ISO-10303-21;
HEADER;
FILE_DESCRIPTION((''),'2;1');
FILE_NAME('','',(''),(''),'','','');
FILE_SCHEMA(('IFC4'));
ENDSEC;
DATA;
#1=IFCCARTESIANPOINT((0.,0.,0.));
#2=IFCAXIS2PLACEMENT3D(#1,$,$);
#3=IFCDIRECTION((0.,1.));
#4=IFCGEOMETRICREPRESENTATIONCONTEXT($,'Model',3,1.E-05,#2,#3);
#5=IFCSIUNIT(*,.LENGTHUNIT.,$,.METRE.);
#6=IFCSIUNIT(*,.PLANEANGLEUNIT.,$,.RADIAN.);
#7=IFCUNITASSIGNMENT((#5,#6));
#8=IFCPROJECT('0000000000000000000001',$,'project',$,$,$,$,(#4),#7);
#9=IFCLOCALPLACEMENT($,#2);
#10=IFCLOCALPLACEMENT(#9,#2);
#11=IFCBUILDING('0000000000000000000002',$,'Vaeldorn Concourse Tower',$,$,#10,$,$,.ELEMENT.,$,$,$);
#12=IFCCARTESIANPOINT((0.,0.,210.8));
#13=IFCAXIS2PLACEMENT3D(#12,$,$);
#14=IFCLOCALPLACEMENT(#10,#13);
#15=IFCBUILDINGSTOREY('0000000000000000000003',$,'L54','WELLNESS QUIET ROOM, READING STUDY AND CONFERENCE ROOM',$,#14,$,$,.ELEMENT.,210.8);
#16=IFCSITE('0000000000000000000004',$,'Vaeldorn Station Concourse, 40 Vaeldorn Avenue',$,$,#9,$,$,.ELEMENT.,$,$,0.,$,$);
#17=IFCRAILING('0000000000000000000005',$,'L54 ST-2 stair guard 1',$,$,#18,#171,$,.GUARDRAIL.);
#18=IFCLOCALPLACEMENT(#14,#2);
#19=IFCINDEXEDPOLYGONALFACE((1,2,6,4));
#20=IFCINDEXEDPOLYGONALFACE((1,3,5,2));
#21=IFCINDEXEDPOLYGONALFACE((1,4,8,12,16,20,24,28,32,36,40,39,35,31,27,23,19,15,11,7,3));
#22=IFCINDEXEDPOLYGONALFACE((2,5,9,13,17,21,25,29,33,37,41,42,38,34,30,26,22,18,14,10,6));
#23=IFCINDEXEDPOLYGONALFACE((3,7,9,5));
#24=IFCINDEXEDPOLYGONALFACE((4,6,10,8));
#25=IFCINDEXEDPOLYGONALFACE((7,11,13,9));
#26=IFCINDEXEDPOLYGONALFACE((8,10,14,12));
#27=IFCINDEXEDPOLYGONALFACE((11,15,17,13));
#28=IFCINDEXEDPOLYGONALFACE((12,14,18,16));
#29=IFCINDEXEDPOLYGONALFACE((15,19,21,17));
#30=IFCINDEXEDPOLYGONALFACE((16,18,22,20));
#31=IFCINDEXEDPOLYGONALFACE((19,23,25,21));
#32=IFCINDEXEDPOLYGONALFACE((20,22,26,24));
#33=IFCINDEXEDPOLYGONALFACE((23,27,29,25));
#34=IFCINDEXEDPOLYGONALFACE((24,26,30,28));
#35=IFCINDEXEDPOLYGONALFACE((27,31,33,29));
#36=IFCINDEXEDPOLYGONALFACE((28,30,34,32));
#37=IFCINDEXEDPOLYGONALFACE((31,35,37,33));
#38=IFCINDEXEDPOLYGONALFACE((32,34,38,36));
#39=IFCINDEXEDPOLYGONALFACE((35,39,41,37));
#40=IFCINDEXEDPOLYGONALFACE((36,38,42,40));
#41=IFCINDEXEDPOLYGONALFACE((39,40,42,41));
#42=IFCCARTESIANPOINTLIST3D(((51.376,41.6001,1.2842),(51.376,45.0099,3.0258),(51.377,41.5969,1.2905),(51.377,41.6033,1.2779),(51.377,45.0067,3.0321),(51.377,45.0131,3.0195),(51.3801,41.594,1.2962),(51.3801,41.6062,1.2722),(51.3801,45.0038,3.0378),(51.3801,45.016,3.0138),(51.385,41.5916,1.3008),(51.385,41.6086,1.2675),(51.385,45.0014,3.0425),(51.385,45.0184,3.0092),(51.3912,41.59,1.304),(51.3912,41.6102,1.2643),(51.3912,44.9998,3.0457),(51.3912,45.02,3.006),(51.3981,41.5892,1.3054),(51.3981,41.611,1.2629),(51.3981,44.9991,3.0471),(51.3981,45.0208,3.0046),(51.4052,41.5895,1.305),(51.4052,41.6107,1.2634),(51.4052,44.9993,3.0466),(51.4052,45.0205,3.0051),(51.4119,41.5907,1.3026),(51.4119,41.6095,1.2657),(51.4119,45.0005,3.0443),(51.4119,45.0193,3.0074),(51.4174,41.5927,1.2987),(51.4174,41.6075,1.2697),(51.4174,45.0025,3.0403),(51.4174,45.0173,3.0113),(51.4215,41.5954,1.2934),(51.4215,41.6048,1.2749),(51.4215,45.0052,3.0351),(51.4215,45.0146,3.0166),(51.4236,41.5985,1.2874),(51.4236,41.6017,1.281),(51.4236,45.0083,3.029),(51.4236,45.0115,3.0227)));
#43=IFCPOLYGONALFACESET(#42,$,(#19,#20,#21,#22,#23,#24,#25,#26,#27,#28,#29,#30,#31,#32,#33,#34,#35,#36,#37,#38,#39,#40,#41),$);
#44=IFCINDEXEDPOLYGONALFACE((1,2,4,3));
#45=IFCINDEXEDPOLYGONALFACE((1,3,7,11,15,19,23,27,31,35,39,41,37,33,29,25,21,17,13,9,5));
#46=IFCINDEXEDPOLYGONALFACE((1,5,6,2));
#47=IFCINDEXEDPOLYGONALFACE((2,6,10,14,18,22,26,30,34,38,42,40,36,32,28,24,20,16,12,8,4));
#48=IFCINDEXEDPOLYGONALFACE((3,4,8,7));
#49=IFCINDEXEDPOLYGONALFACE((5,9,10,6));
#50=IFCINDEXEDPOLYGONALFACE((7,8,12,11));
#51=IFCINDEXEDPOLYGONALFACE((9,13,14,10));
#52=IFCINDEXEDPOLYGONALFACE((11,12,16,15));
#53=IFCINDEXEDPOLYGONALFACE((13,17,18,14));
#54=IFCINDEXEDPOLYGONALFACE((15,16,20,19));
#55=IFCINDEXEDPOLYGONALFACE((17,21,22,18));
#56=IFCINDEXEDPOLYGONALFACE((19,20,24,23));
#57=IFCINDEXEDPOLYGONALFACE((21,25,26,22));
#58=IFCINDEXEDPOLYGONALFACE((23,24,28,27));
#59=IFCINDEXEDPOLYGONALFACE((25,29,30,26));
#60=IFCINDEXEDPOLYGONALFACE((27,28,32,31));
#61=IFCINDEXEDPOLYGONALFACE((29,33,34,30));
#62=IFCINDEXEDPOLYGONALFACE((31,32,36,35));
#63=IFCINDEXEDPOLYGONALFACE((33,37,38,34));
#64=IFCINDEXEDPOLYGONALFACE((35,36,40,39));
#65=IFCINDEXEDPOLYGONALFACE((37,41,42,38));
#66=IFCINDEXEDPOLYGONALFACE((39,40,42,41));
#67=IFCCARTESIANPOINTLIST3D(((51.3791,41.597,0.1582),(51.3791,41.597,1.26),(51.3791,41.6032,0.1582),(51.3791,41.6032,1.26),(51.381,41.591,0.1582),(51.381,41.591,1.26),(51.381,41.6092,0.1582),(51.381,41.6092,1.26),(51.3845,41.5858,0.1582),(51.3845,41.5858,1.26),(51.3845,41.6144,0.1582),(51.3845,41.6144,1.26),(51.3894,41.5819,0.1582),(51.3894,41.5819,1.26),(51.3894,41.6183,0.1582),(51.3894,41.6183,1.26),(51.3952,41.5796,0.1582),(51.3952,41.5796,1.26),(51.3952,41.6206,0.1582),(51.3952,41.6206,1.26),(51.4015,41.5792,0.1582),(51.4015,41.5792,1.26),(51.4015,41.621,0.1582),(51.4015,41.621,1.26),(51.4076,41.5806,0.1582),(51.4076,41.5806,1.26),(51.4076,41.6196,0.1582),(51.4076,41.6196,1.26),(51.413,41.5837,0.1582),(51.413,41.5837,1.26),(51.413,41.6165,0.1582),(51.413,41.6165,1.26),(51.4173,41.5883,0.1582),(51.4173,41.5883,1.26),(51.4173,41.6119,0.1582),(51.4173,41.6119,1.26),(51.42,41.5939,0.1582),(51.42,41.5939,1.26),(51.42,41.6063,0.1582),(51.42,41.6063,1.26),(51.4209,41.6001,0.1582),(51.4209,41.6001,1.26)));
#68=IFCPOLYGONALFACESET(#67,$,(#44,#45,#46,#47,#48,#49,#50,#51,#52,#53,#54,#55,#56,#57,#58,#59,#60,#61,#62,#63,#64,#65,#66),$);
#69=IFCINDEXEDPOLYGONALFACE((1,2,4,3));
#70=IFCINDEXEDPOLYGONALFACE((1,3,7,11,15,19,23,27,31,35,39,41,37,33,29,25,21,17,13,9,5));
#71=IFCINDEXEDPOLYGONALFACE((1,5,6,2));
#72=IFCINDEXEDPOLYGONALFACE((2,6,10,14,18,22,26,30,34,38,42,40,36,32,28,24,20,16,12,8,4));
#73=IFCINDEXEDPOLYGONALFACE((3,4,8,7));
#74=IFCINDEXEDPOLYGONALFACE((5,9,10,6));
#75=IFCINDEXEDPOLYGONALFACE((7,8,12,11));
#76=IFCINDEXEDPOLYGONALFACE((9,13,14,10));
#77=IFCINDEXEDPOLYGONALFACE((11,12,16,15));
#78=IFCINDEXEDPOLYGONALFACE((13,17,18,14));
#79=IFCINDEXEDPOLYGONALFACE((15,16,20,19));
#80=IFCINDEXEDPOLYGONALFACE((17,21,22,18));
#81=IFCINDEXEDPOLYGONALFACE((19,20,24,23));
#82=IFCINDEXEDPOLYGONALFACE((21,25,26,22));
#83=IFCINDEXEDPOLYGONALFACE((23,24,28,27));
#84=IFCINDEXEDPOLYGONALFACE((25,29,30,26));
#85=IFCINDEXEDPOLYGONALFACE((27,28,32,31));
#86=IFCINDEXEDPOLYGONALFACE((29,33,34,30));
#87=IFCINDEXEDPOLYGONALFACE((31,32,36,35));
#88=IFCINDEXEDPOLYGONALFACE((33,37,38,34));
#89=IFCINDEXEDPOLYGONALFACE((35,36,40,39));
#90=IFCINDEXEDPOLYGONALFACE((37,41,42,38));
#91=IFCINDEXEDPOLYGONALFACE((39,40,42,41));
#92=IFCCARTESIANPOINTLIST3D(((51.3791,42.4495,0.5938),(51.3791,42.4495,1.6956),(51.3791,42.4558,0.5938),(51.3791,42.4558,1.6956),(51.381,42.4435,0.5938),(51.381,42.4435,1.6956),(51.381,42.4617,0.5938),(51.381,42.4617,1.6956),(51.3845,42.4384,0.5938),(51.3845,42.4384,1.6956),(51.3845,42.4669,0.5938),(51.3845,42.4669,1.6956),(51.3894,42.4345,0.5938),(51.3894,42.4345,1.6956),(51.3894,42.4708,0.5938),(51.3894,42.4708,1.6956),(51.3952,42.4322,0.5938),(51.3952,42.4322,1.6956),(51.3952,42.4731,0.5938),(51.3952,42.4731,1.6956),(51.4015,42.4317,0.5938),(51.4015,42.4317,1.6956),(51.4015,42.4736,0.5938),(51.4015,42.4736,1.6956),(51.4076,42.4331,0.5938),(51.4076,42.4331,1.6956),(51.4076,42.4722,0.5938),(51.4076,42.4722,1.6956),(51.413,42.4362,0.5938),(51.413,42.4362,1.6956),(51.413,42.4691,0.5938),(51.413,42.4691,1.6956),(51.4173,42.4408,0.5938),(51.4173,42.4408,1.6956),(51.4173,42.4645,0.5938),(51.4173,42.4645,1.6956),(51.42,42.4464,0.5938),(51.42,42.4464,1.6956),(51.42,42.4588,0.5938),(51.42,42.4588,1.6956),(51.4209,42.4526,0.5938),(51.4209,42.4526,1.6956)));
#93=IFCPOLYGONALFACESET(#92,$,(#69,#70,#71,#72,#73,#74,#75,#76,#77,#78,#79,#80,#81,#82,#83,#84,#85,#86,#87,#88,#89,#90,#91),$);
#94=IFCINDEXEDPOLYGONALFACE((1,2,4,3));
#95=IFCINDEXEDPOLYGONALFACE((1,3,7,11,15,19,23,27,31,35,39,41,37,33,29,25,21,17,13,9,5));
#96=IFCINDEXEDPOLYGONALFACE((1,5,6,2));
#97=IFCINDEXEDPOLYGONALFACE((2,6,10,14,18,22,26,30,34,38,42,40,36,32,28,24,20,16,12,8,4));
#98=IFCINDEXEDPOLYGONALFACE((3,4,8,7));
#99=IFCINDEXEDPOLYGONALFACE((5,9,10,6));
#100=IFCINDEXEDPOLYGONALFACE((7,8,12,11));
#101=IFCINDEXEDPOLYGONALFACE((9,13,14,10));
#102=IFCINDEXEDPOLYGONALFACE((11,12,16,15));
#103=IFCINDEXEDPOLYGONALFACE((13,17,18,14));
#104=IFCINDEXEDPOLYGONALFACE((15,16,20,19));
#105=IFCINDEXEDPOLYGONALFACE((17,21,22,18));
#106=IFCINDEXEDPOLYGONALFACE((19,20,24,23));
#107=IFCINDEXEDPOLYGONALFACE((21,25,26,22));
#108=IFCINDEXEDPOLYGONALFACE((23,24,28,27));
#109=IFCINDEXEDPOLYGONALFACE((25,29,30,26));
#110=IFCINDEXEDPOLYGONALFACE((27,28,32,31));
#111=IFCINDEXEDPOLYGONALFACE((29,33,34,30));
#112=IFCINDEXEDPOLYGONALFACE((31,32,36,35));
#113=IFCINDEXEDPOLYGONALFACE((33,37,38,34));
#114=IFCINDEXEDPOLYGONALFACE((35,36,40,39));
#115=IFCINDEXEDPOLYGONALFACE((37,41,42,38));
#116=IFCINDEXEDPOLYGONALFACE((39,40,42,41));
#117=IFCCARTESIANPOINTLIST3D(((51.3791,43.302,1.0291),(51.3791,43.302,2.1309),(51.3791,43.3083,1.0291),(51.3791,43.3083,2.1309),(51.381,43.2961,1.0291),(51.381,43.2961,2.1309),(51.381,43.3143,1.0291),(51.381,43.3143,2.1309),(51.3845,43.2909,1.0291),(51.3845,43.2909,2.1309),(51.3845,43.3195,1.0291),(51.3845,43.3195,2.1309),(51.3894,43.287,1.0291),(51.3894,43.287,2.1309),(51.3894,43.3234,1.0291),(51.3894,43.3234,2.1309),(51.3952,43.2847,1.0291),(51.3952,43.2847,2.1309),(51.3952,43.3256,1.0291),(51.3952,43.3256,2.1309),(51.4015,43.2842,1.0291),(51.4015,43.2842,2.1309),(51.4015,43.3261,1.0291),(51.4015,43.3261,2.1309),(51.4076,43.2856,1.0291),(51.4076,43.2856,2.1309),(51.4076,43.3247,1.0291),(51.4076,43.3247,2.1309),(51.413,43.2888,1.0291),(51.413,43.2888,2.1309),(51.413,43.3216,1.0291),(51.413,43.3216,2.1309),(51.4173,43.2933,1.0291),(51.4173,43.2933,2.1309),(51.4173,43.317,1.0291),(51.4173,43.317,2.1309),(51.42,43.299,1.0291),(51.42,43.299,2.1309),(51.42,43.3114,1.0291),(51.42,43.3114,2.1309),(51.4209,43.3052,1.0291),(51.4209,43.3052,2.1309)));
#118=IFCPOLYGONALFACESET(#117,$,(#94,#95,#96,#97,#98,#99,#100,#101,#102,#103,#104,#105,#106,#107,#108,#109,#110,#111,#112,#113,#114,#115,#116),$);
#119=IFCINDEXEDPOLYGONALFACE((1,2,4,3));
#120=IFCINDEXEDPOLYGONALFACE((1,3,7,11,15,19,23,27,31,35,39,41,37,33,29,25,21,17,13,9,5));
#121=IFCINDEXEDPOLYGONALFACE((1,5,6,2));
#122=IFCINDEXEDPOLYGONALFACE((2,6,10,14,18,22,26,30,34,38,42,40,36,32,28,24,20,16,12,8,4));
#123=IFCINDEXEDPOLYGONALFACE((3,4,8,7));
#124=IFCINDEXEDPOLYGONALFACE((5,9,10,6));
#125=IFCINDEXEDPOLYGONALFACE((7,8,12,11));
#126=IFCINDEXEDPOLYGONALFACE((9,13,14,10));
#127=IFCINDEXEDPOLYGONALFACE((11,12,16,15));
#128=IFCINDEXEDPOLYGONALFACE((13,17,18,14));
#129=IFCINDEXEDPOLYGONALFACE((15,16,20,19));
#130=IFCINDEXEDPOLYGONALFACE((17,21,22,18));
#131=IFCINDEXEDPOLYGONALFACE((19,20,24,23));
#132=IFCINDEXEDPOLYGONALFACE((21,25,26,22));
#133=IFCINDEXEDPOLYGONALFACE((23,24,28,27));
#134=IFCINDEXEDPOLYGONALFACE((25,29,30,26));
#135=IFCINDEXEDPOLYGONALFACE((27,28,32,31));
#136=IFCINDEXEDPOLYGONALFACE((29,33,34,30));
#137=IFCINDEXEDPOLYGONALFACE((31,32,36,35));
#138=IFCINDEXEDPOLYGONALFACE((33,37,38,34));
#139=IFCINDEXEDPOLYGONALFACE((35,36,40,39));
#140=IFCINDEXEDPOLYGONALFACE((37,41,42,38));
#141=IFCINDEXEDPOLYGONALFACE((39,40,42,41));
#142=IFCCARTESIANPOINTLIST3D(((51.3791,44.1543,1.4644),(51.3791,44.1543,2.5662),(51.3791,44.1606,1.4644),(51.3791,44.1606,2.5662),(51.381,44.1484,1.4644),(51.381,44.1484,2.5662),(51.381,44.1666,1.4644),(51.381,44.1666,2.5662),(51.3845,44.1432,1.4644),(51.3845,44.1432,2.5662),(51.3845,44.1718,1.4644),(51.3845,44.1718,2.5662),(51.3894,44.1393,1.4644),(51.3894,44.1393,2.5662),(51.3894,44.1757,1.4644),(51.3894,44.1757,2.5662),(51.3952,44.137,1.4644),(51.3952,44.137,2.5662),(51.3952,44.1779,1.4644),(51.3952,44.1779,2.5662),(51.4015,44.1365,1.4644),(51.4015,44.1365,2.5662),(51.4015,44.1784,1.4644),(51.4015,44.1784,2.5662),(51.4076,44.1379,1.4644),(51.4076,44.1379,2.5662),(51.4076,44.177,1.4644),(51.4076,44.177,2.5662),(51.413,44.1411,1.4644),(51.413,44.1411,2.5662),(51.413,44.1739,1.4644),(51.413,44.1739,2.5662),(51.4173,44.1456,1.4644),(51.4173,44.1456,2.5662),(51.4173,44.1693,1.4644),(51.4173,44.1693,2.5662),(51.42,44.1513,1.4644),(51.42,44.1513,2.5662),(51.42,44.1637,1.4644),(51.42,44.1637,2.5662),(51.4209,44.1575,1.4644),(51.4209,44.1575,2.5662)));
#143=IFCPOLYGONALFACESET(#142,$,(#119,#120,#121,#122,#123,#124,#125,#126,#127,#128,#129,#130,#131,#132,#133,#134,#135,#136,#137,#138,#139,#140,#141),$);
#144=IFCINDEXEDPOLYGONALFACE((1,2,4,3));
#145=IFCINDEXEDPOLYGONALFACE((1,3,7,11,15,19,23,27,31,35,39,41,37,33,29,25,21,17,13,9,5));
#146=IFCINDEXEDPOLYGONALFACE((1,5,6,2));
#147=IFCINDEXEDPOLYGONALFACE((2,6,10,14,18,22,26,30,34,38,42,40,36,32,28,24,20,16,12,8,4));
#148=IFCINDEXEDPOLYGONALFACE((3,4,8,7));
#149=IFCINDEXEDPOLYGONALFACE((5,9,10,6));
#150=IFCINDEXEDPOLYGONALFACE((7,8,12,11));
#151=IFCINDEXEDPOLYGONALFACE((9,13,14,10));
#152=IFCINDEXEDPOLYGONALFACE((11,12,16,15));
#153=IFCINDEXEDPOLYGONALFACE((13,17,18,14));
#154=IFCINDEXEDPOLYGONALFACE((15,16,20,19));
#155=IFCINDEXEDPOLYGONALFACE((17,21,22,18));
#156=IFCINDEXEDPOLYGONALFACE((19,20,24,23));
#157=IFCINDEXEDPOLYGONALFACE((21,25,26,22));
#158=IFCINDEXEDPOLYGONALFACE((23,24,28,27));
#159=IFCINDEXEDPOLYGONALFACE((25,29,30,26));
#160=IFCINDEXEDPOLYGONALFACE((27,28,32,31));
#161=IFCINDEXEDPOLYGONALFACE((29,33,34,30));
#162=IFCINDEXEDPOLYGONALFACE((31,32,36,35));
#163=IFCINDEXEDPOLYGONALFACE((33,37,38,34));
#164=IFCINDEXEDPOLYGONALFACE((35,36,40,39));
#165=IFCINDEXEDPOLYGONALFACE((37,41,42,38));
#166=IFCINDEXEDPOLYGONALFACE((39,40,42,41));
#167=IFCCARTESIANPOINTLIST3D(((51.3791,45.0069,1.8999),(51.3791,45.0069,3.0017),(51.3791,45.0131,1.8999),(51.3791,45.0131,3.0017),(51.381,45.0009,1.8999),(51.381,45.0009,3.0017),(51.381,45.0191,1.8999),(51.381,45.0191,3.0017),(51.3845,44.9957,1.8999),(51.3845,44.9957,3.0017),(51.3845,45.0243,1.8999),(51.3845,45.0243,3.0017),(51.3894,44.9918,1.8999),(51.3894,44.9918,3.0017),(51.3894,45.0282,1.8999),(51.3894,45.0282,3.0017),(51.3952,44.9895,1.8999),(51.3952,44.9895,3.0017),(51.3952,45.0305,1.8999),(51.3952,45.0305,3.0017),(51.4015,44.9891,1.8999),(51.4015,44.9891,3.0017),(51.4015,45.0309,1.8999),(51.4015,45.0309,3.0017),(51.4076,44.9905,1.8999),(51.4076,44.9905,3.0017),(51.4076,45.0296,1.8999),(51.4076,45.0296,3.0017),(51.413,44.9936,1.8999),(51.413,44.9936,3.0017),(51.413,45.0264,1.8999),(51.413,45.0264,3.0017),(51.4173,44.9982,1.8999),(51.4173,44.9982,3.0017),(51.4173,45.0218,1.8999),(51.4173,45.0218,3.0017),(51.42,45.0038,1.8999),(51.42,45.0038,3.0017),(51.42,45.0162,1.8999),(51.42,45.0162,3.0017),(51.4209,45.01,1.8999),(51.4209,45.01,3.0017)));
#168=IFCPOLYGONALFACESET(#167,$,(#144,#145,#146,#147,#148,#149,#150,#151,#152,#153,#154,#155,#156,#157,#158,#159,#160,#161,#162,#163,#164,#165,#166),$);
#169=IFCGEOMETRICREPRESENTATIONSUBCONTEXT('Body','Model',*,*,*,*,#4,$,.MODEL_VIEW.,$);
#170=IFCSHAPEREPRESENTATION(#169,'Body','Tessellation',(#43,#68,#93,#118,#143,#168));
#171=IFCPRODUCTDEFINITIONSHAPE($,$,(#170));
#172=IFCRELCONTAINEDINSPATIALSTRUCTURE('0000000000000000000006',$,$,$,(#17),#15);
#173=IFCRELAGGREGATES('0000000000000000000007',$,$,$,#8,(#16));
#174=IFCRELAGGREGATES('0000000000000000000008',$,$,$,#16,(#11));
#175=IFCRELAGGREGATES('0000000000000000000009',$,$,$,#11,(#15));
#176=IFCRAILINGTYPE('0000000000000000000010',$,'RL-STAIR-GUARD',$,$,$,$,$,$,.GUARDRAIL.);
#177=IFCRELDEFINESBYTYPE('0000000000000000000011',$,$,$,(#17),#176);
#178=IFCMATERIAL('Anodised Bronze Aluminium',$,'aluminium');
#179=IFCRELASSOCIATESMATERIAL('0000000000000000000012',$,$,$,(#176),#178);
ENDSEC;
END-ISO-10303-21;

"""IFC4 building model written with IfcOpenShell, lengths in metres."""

from ifc_helpers import new_model, si_unit, direction, frame, origin, origin_2d, place, context, subcontext, project, spatial, circle, extrude, material, type_object, element, save


model = new_model("IFC4")

# Units and contexts
model_context = context("Model", 3, precision=1e-05, world=origin(), true_north=direction((0.0, 1.0)))
body_context = subcontext(model_context, "Body", "Model", "MODEL_VIEW")
ifc_project = project(units=[si_unit("LENGTHUNIT", "METRE"), si_unit("PLANEANGLEUNIT", "RADIAN")], contexts=[model_context])

# Site, building, storey
site_placement = place(None, origin())
site = spatial("IfcSite", under=ifc_project, at=site_placement, Name="Vaeldorn Station Concourse, 40 Vaeldorn Avenue", CompositionType="ELEMENT", RefElevation=0.0)
building_placement = place(site_placement, origin())
building = spatial("IfcBuilding", under=site, at=building_placement, Name="Vaeldorn Concourse Tower", CompositionType="ELEMENT")
storey_placement = place(building_placement, frame((0.0, 0.0, 210.8)))
storey = spatial("IfcBuildingStorey", under=building, at=storey_placement, Name="L54", Description="WELLNESS QUIET ROOM, READING STUDY AND CONFERENCE ROOM", CompositionType="ELEMENT", Elevation=210.8)

# Shared definitions
ifc_material_1 = material(Name="Anodised Bronze Aluminium", Category="aluminium")

# Railing
railing_type_1 = type_object("IfcRailingType", Name="RL-STAIR-GUARD", PredefinedType="GUARDRAIL", material=ifc_material_1)
railing_1_placement = place(storey_placement, frame((51.3999, 41.6001, 0.1582)))
element("IfcRailing", 1, at=railing_1_placement, inside=storey, type_object=railing_type_1, Name="L54 ST-2 stair guard 1", PredefinedType="GUARDRAIL", context=body_context, shape_type="SweptSolid", body=[
    extrude(circle(Radius=0.0239, at=origin_2d()), frame((0.0, 0.0, 1.126), z_axis=(0.0, 0.890556, 0.454874), x_axis=(-1.0, 0.0, 0.0)), (0.0, 0.0, 1.0), 3.8289),
    extrude(circle(Radius=0.021, at=origin_2d()), origin(), (0.0, 0.0, 1.0), 1.1018),
    extrude(circle(Radius=0.021, at=origin_2d()), frame((0.0, 0.8525, 0.4355)), (0.0, 0.0, 1.0), 1.1018),
    extrude(circle(Radius=0.021, at=origin_2d()), frame((0.0, 1.7051, 0.8708)), (0.0, 0.0, 1.0), 1.1018),
    extrude(circle(Radius=0.021, at=origin_2d()), frame((0.0, 2.5574, 1.3062)), (0.0, 0.0, 1.0), 1.1018),
    extrude(circle(Radius=0.021, at=origin_2d()), frame((0.0, 3.4099, 1.7417)), (0.0, 0.0, 1.0), 1.1018),
])

save(model, "model.ifc")
